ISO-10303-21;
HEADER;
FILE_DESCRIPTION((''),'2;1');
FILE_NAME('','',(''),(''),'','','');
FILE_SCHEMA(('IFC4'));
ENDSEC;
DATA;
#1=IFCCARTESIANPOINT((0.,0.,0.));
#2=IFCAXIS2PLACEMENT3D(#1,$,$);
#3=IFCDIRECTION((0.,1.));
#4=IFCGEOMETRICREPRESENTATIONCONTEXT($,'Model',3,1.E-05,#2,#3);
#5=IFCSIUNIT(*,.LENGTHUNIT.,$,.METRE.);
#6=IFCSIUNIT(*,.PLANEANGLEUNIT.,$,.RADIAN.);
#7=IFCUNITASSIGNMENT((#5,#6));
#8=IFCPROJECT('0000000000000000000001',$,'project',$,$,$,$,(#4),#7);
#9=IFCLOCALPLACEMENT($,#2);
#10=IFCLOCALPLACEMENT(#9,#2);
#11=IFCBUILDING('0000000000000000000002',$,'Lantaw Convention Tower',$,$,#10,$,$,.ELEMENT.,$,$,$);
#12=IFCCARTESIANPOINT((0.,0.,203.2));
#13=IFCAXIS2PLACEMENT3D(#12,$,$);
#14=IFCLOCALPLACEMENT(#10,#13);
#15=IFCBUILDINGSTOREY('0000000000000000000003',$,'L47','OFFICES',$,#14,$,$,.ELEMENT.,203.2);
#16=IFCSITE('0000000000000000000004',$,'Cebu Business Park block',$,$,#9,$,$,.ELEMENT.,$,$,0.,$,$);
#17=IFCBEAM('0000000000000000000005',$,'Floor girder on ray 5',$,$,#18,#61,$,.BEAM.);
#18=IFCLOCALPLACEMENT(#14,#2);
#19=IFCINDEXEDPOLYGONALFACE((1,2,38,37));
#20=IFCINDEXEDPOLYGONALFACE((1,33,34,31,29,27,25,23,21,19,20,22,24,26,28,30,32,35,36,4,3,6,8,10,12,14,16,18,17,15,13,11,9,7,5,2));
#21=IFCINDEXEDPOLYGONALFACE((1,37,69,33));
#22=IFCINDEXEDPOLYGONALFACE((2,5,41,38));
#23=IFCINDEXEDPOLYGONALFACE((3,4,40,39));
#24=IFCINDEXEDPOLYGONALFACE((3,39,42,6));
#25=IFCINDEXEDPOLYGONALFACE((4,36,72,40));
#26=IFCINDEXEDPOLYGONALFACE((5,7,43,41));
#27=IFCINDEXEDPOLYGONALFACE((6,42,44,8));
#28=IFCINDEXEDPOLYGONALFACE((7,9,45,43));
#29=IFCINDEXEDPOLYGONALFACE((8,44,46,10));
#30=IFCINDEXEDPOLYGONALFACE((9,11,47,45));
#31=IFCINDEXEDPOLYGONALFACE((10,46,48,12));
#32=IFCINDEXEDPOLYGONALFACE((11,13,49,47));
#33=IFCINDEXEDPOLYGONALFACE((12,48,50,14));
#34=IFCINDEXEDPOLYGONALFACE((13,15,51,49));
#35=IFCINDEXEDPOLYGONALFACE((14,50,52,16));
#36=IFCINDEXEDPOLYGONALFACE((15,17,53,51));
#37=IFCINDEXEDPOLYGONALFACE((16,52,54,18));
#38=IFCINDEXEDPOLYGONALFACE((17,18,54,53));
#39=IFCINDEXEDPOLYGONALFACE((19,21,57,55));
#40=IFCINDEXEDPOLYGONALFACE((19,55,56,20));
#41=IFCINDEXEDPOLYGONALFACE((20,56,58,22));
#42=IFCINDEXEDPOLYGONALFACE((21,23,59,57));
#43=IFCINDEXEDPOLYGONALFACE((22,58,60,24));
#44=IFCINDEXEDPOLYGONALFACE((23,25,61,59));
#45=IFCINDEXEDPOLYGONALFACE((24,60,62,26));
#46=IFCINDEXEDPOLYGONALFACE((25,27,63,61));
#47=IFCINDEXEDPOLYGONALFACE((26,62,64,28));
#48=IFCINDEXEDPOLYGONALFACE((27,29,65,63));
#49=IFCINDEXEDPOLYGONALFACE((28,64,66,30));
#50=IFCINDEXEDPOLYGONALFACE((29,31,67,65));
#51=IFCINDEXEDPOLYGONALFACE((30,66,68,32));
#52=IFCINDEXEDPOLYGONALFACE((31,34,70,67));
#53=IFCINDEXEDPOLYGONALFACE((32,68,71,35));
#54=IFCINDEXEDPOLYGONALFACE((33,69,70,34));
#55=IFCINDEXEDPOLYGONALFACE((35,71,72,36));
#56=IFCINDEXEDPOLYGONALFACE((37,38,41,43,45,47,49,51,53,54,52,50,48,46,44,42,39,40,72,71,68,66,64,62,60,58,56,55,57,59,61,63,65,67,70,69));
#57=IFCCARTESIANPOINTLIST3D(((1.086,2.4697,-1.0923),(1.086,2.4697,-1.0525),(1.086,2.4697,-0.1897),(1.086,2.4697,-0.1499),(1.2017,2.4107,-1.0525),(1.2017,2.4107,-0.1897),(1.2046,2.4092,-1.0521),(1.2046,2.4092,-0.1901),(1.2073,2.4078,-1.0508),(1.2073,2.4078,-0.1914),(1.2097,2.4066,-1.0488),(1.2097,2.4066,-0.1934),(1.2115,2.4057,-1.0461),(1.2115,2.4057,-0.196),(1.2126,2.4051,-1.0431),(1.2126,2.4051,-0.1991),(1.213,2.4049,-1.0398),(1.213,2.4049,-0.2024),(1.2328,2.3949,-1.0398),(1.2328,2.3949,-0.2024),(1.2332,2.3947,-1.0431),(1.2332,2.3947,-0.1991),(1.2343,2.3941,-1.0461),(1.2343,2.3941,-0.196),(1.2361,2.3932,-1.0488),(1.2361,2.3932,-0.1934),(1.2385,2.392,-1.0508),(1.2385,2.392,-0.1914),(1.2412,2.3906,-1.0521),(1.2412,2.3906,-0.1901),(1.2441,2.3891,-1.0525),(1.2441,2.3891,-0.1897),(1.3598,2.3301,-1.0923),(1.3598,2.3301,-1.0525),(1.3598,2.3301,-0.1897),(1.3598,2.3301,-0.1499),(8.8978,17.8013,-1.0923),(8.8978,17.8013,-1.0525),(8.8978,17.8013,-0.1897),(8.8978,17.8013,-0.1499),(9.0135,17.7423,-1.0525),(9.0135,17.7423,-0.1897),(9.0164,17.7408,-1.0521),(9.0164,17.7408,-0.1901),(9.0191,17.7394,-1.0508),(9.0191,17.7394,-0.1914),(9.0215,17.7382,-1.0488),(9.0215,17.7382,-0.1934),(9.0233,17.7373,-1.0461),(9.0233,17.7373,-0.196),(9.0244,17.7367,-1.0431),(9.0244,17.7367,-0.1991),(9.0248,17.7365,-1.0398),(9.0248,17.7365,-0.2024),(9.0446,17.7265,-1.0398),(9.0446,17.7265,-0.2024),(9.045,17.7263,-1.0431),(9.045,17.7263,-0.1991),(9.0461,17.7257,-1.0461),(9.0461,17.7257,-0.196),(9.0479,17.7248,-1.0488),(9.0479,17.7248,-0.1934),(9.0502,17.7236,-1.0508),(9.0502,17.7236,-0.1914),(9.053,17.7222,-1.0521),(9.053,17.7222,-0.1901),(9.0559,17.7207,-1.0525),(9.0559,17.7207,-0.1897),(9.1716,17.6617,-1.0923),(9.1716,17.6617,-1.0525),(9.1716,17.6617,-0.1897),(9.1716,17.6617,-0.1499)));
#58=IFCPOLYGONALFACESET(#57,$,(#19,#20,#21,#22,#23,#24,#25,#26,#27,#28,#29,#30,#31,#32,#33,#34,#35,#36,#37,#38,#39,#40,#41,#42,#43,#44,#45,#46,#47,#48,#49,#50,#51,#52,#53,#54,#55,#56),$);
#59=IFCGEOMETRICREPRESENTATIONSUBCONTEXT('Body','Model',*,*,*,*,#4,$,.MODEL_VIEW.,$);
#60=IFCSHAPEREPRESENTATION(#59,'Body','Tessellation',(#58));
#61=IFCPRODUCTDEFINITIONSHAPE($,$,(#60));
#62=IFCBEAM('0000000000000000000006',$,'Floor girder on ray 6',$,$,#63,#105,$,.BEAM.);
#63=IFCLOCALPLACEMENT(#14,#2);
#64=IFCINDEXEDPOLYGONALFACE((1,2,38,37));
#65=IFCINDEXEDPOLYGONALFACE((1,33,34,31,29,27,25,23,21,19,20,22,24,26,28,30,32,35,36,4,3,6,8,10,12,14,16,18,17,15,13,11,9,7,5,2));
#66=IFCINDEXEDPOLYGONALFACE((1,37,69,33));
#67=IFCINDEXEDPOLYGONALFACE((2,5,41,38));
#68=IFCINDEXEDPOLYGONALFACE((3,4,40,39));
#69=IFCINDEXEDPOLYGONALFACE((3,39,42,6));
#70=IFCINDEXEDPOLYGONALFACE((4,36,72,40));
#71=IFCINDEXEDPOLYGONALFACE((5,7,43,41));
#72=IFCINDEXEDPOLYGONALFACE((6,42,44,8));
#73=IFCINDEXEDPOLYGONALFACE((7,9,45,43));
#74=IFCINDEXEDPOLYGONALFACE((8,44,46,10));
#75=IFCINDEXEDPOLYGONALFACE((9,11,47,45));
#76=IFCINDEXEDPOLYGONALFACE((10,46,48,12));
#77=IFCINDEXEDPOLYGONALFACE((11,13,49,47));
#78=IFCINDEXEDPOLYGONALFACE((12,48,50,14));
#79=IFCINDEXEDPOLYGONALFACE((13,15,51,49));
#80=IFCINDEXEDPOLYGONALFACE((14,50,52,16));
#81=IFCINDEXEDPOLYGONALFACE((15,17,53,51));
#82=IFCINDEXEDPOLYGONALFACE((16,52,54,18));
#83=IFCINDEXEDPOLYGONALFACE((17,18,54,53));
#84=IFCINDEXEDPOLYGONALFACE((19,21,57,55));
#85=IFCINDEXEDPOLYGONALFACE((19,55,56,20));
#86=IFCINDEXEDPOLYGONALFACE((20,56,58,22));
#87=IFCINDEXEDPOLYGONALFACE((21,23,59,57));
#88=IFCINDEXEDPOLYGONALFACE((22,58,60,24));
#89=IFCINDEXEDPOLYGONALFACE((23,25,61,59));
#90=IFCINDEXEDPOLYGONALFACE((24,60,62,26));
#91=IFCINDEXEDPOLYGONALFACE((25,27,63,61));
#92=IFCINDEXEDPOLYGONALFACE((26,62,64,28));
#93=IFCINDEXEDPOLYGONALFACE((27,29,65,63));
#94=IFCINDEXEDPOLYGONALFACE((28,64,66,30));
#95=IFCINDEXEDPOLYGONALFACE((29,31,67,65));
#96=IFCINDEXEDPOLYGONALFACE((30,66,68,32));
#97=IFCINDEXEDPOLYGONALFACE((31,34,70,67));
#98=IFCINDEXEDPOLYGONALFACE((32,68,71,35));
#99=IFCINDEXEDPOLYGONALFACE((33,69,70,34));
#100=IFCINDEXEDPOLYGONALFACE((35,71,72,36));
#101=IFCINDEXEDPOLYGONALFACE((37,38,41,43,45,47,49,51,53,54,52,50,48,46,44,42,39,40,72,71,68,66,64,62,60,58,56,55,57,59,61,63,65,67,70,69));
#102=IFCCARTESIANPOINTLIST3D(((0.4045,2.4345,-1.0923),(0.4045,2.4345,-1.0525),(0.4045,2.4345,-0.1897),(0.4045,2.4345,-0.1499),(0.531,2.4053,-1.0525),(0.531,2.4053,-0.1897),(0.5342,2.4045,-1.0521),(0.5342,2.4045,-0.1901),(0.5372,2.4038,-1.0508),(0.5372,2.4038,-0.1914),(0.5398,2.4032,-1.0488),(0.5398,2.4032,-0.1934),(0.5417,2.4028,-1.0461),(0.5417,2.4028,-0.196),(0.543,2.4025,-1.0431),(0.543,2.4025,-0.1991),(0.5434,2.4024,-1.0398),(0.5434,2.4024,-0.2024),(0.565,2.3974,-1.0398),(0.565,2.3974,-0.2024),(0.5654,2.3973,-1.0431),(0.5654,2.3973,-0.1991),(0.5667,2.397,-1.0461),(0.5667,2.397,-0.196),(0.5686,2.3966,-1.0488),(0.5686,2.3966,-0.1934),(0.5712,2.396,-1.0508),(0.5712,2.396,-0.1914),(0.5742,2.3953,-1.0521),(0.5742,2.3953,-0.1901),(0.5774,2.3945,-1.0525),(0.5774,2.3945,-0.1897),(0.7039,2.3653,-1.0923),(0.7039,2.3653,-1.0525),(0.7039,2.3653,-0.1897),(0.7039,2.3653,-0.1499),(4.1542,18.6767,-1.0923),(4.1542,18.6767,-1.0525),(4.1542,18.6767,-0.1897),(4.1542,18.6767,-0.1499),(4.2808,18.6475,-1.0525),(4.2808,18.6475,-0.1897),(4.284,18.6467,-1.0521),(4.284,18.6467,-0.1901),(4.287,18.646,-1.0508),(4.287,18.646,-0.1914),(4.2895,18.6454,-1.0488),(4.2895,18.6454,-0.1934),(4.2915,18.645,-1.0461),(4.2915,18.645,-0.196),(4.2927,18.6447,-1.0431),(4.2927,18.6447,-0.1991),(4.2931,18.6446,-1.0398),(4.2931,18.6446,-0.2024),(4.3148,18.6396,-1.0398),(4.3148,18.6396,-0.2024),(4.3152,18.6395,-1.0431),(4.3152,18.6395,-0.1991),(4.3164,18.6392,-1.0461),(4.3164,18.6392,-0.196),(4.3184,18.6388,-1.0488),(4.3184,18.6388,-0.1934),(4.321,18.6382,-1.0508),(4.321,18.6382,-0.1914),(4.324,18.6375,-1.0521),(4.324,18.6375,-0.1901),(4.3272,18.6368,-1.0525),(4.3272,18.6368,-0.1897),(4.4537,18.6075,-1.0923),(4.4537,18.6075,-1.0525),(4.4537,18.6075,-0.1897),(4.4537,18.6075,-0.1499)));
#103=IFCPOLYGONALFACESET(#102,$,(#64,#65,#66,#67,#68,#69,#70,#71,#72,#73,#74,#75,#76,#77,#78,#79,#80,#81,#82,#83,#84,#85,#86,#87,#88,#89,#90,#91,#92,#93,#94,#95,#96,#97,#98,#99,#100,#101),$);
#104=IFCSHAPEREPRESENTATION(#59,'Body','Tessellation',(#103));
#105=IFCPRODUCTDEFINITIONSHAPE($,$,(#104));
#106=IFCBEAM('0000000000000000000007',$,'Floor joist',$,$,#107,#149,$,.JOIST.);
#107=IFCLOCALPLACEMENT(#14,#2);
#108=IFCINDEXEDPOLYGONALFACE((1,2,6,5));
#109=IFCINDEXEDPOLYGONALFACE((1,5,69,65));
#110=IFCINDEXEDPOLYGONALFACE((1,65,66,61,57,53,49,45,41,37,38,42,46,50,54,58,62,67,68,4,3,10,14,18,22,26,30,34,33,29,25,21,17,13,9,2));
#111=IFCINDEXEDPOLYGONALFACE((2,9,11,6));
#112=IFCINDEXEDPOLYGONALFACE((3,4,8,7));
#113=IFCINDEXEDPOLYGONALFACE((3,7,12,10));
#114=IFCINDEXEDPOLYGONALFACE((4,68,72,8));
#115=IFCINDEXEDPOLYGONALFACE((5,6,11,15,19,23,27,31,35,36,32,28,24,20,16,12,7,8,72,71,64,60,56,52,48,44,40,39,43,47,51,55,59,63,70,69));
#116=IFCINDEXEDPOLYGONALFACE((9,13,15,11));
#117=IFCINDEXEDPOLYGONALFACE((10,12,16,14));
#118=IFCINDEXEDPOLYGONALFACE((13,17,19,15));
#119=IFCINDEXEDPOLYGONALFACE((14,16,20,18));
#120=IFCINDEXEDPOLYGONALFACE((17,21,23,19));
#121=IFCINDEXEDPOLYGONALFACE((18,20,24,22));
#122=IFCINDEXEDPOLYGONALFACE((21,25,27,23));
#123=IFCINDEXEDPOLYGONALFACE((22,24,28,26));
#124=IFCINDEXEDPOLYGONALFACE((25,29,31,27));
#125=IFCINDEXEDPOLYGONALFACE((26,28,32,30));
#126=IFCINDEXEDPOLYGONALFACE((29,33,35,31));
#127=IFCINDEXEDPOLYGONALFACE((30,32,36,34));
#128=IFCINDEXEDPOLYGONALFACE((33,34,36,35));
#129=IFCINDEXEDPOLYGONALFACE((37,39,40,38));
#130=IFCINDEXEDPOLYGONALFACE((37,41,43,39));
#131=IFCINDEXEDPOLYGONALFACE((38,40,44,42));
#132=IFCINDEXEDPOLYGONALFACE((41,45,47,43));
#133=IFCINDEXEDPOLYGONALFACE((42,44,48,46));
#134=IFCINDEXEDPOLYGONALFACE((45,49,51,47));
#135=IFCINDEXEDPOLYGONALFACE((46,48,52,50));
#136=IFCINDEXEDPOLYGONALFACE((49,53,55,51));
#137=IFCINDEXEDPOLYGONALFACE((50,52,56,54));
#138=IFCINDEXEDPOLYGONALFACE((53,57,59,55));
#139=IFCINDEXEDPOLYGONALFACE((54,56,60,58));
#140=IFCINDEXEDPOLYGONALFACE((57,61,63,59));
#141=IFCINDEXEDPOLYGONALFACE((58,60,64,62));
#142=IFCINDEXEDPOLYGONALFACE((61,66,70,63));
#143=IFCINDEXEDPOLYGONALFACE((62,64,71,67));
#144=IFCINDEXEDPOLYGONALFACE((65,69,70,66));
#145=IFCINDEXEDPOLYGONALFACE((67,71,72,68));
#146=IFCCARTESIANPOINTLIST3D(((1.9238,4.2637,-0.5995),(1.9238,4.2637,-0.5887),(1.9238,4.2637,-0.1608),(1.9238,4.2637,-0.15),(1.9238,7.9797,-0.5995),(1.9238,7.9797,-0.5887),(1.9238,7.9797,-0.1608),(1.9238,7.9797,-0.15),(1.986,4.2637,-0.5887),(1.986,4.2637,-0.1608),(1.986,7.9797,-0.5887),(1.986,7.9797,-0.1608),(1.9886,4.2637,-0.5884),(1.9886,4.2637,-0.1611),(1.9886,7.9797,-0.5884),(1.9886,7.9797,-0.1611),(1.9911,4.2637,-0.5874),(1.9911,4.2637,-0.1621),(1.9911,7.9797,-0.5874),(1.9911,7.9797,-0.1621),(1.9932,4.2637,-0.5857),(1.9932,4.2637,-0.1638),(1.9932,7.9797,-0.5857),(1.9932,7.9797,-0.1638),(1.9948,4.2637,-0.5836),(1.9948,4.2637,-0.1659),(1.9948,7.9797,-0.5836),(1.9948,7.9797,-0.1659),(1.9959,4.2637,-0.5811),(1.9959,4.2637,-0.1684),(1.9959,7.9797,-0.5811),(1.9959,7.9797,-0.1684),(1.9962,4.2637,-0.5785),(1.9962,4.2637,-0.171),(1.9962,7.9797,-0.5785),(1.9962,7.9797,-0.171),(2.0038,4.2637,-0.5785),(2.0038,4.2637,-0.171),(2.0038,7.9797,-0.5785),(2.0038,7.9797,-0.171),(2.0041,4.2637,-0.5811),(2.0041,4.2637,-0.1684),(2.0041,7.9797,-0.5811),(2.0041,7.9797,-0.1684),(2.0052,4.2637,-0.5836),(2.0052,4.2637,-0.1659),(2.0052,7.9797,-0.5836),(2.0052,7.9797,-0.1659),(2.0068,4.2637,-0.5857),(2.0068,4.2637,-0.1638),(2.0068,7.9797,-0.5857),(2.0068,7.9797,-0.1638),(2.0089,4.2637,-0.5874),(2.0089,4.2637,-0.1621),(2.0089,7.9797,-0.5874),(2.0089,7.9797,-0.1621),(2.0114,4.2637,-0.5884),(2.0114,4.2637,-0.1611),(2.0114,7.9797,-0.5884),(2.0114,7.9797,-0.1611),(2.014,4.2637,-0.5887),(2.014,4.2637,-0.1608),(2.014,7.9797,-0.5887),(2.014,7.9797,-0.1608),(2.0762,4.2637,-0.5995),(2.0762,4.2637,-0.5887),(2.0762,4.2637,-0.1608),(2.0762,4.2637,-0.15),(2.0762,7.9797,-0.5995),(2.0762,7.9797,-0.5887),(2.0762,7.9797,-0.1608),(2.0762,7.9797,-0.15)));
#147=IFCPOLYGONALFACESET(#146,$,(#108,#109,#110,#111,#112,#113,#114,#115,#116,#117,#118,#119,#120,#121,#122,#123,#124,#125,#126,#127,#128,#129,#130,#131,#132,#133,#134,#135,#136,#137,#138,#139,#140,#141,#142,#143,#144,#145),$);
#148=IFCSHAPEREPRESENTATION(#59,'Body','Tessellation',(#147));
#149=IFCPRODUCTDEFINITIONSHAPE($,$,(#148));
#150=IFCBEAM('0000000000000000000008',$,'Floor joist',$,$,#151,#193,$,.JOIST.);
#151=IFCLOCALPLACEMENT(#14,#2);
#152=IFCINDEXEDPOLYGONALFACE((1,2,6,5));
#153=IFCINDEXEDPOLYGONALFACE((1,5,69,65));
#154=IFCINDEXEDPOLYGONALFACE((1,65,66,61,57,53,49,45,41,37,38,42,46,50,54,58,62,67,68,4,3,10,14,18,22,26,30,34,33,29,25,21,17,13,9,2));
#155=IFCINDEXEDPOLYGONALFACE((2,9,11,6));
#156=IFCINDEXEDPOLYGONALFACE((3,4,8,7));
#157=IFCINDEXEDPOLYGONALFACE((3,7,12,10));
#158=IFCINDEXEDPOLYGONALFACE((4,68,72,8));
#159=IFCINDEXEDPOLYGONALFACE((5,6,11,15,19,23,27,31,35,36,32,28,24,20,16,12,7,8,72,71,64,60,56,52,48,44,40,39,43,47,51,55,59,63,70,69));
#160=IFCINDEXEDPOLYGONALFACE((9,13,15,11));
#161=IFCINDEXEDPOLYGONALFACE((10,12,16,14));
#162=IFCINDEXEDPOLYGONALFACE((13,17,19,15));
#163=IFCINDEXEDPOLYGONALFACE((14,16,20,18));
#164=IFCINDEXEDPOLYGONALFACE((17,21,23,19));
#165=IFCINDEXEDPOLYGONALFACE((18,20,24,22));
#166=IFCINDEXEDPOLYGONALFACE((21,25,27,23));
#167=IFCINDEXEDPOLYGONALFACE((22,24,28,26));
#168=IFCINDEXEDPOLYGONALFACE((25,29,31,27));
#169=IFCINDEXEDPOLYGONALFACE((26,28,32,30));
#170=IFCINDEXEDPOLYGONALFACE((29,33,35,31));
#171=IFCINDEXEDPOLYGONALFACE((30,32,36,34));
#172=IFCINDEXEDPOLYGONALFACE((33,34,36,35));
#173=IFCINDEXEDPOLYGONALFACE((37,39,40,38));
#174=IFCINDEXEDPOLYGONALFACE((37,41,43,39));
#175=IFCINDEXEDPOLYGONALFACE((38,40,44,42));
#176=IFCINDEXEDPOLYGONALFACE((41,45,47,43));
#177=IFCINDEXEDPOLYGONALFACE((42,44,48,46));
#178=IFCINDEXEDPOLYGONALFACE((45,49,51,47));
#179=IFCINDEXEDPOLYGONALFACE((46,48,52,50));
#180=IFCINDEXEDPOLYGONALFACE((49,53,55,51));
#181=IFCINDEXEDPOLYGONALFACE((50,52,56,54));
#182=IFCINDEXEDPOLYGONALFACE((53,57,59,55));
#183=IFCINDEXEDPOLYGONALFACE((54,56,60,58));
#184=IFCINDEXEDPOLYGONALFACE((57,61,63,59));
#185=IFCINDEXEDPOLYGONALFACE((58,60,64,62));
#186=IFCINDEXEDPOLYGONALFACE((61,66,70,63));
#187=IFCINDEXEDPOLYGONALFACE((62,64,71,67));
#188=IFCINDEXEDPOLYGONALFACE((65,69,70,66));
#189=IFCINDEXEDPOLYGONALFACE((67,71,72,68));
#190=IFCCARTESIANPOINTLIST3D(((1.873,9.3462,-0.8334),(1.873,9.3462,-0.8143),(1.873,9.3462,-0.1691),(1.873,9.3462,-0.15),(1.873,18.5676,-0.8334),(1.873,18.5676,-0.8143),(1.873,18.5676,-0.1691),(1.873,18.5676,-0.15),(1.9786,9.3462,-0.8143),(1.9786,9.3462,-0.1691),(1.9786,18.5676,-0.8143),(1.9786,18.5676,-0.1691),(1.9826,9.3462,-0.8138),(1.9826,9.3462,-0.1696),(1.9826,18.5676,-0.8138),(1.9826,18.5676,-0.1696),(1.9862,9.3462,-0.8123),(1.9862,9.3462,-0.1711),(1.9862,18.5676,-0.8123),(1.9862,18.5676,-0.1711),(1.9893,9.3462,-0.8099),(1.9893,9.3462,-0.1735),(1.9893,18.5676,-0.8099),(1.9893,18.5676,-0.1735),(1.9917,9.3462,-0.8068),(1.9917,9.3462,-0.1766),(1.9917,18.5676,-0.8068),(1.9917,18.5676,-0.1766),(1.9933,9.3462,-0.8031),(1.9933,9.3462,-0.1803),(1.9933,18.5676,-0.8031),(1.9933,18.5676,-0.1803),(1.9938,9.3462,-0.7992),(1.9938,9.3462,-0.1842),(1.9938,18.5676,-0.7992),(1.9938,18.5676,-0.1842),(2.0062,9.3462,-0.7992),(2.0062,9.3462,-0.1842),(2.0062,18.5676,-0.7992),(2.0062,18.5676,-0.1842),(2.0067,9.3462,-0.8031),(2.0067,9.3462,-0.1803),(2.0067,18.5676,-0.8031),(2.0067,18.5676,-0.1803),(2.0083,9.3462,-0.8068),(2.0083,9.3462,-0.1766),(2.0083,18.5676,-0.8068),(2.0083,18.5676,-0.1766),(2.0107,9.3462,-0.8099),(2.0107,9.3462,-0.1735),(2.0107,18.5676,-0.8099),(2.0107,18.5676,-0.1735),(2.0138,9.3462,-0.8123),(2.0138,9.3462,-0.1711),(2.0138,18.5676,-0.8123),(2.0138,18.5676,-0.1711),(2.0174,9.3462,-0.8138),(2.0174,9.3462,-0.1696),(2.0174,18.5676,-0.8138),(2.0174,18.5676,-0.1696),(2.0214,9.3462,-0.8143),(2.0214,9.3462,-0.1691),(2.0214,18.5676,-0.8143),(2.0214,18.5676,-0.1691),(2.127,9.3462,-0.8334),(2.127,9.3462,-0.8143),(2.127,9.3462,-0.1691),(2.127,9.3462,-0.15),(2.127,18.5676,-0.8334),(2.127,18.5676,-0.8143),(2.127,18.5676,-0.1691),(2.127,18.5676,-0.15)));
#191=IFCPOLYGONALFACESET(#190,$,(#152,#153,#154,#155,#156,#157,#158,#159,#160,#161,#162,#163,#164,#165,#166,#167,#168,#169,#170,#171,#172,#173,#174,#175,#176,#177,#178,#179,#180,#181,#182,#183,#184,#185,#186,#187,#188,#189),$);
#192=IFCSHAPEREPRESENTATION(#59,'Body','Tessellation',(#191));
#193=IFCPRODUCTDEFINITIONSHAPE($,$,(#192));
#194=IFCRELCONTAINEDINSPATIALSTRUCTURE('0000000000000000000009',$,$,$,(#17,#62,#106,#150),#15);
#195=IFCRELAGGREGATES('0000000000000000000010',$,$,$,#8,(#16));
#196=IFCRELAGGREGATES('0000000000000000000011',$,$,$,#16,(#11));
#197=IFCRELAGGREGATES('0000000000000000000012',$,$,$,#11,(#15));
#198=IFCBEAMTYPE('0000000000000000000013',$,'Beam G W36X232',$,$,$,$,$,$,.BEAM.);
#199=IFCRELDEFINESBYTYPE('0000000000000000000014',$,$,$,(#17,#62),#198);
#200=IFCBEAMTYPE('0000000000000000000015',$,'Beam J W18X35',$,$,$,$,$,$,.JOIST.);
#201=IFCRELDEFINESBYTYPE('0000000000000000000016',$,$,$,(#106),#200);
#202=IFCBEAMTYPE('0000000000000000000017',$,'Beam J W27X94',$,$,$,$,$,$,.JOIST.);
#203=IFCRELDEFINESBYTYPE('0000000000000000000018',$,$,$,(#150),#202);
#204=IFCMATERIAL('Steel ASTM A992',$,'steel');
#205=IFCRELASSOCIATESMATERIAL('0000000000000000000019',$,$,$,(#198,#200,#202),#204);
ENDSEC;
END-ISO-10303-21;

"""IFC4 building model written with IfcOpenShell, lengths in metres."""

from ifc_helpers import new_model, si_unit, direction, frame, origin, origin_2d, place, context, subcontext, project, spatial, i_section, extrude, material, material_profile, profile_set, type_object, element, save


model = new_model("IFC4")

# Units and contexts
model_context = context("Model", 3, precision=1e-05, world=origin(), true_north=direction((0.0, 1.0)))
body_context = subcontext(model_context, "Body", "Model", "MODEL_VIEW")
ifc_project = project(units=[si_unit("LENGTHUNIT", "METRE"), si_unit("PLANEANGLEUNIT", "RADIAN")], contexts=[model_context])

# Site, building, storey
site_placement = place(None, origin())
site = spatial("IfcSite", under=ifc_project, at=site_placement, Name="Cebu Business Park block", CompositionType="ELEMENT", RefElevation=0.0)
building_placement = place(site_placement, origin())
building = spatial("IfcBuilding", under=site, at=building_placement, Name="Lantaw Convention Tower", CompositionType="ELEMENT")
storey_placement = place(building_placement, frame((0.0, 0.0, 203.2)))
storey = spatial("IfcBuildingStorey", under=building, at=storey_placement, Name="L47", Description="OFFICES", CompositionType="ELEMENT", Elevation=203.2)

# Beams
ifc_material_1 = material(Name="Steel ASTM A992", Category="steel")
ifc_material_profile_1 = material_profile(ifc_material_1, i_section(OverallWidth=0.3074, OverallDepth=0.9424, WebThickness=0.0222, FlangeThickness=0.0398, FilletRadius=0.0127, at=origin_2d()), Name="W36X232")
ifc_profile_set_1 = profile_set([ifc_material_profile_1], Name="Steel ASTM A992")
beam_type_1 = type_object("IfcBeamType", Name="Beam G W36X232", PredefinedType="BEAM", material=ifc_profile_set_1)
beam_1_placement = place(storey_placement, frame((1.2229, 2.3999, -0.6211), z_axis=(0.453988, 0.891008, 0.0), x_axis=(-0.891008, 0.453988, 0.0)))
element("IfcBeam", 1, at=beam_1_placement, inside=storey, type_object=beam_type_1, Name="Floor girder on ray 5", PredefinedType="BEAM", context=body_context, shape_type="SweptSolid", body=[
    extrude(i_section(OverallWidth=0.3074, OverallDepth=0.9424, WebThickness=0.0222, FlangeThickness=0.0398, FilletRadius=0.0127, at=origin_2d()), origin(), (0.0, 0.0, 1.0), 17.207),
])
beam_2_placement = place(storey_placement, frame((0.5542, 2.3999, -0.6211), z_axis=(0.224948, 0.974371, 0.0), x_axis=(-0.974371, 0.224948, 0.0)))
element("IfcBeam", 2, at=beam_2_placement, inside=storey, type_object=beam_type_1, Name="Floor girder on ray 6", PredefinedType="BEAM", context=body_context, shape_type="SweptSolid", body=[
    extrude(i_section(OverallWidth=0.3074, OverallDepth=0.9424, WebThickness=0.0222, FlangeThickness=0.0398, FilletRadius=0.0127, at=origin_2d()), origin(), (0.0, 0.0, 1.0), 16.6694),
])
ifc_material_profile_2 = material_profile(ifc_material_1, i_section(OverallWidth=0.1523, OverallDepth=0.4495, WebThickness=0.0076, FlangeThickness=0.0107, FilletRadius=0.0103, at=origin_2d()), Name="W18X35")
ifc_profile_set_2 = profile_set([ifc_material_profile_2], Name="Steel ASTM A992")
beam_type_2 = type_object("IfcBeamType", Name="Beam J W18X35", PredefinedType="JOIST", material=ifc_profile_set_2)
beam_3_placement = place(storey_placement, frame((2.0, 4.2637, -0.3748), z_axis=(0.0, 1.0, 0.0), x_axis=(-1.0, 0.0, 0.0)))
element("IfcBeam", 3, at=beam_3_placement, inside=storey, type_object=beam_type_2, Name="Floor joist", PredefinedType="JOIST", context=body_context, shape_type="SweptSolid", body=[
    extrude(i_section(OverallWidth=0.1523, OverallDepth=0.4495, WebThickness=0.0076, FlangeThickness=0.0107, FilletRadius=0.0103, at=origin_2d()), origin(), (0.0, 0.0, 1.0), 3.7161),
])
ifc_material_profile_3 = material_profile(ifc_material_1, i_section(OverallWidth=0.2539, OverallDepth=0.6833, WebThickness=0.0125, FlangeThickness=0.019, FilletRadius=0.0151, at=origin_2d()), Name="W27X94")
ifc_profile_set_3 = profile_set([ifc_material_profile_3], Name="Steel ASTM A992")
beam_type_3 = type_object("IfcBeamType", Name="Beam J W27X94", PredefinedType="JOIST", material=ifc_profile_set_3)
beam_4_placement = place(storey_placement, frame((2.0, 9.3462, -0.4917), z_axis=(0.0, 1.0, 0.0), x_axis=(-1.0, 0.0, 0.0)))
element("IfcBeam", 4, at=beam_4_placement, inside=storey, type_object=beam_type_3, Name="Floor joist", PredefinedType="JOIST", context=body_context, shape_type="SweptSolid", body=[
    extrude(i_section(OverallWidth=0.2539, OverallDepth=0.6833, WebThickness=0.0125, FlangeThickness=0.019, FilletRadius=0.0151, at=origin_2d()), origin(), (0.0, 0.0, 1.0), 9.2214),
])

save(model, "model.ifc")
